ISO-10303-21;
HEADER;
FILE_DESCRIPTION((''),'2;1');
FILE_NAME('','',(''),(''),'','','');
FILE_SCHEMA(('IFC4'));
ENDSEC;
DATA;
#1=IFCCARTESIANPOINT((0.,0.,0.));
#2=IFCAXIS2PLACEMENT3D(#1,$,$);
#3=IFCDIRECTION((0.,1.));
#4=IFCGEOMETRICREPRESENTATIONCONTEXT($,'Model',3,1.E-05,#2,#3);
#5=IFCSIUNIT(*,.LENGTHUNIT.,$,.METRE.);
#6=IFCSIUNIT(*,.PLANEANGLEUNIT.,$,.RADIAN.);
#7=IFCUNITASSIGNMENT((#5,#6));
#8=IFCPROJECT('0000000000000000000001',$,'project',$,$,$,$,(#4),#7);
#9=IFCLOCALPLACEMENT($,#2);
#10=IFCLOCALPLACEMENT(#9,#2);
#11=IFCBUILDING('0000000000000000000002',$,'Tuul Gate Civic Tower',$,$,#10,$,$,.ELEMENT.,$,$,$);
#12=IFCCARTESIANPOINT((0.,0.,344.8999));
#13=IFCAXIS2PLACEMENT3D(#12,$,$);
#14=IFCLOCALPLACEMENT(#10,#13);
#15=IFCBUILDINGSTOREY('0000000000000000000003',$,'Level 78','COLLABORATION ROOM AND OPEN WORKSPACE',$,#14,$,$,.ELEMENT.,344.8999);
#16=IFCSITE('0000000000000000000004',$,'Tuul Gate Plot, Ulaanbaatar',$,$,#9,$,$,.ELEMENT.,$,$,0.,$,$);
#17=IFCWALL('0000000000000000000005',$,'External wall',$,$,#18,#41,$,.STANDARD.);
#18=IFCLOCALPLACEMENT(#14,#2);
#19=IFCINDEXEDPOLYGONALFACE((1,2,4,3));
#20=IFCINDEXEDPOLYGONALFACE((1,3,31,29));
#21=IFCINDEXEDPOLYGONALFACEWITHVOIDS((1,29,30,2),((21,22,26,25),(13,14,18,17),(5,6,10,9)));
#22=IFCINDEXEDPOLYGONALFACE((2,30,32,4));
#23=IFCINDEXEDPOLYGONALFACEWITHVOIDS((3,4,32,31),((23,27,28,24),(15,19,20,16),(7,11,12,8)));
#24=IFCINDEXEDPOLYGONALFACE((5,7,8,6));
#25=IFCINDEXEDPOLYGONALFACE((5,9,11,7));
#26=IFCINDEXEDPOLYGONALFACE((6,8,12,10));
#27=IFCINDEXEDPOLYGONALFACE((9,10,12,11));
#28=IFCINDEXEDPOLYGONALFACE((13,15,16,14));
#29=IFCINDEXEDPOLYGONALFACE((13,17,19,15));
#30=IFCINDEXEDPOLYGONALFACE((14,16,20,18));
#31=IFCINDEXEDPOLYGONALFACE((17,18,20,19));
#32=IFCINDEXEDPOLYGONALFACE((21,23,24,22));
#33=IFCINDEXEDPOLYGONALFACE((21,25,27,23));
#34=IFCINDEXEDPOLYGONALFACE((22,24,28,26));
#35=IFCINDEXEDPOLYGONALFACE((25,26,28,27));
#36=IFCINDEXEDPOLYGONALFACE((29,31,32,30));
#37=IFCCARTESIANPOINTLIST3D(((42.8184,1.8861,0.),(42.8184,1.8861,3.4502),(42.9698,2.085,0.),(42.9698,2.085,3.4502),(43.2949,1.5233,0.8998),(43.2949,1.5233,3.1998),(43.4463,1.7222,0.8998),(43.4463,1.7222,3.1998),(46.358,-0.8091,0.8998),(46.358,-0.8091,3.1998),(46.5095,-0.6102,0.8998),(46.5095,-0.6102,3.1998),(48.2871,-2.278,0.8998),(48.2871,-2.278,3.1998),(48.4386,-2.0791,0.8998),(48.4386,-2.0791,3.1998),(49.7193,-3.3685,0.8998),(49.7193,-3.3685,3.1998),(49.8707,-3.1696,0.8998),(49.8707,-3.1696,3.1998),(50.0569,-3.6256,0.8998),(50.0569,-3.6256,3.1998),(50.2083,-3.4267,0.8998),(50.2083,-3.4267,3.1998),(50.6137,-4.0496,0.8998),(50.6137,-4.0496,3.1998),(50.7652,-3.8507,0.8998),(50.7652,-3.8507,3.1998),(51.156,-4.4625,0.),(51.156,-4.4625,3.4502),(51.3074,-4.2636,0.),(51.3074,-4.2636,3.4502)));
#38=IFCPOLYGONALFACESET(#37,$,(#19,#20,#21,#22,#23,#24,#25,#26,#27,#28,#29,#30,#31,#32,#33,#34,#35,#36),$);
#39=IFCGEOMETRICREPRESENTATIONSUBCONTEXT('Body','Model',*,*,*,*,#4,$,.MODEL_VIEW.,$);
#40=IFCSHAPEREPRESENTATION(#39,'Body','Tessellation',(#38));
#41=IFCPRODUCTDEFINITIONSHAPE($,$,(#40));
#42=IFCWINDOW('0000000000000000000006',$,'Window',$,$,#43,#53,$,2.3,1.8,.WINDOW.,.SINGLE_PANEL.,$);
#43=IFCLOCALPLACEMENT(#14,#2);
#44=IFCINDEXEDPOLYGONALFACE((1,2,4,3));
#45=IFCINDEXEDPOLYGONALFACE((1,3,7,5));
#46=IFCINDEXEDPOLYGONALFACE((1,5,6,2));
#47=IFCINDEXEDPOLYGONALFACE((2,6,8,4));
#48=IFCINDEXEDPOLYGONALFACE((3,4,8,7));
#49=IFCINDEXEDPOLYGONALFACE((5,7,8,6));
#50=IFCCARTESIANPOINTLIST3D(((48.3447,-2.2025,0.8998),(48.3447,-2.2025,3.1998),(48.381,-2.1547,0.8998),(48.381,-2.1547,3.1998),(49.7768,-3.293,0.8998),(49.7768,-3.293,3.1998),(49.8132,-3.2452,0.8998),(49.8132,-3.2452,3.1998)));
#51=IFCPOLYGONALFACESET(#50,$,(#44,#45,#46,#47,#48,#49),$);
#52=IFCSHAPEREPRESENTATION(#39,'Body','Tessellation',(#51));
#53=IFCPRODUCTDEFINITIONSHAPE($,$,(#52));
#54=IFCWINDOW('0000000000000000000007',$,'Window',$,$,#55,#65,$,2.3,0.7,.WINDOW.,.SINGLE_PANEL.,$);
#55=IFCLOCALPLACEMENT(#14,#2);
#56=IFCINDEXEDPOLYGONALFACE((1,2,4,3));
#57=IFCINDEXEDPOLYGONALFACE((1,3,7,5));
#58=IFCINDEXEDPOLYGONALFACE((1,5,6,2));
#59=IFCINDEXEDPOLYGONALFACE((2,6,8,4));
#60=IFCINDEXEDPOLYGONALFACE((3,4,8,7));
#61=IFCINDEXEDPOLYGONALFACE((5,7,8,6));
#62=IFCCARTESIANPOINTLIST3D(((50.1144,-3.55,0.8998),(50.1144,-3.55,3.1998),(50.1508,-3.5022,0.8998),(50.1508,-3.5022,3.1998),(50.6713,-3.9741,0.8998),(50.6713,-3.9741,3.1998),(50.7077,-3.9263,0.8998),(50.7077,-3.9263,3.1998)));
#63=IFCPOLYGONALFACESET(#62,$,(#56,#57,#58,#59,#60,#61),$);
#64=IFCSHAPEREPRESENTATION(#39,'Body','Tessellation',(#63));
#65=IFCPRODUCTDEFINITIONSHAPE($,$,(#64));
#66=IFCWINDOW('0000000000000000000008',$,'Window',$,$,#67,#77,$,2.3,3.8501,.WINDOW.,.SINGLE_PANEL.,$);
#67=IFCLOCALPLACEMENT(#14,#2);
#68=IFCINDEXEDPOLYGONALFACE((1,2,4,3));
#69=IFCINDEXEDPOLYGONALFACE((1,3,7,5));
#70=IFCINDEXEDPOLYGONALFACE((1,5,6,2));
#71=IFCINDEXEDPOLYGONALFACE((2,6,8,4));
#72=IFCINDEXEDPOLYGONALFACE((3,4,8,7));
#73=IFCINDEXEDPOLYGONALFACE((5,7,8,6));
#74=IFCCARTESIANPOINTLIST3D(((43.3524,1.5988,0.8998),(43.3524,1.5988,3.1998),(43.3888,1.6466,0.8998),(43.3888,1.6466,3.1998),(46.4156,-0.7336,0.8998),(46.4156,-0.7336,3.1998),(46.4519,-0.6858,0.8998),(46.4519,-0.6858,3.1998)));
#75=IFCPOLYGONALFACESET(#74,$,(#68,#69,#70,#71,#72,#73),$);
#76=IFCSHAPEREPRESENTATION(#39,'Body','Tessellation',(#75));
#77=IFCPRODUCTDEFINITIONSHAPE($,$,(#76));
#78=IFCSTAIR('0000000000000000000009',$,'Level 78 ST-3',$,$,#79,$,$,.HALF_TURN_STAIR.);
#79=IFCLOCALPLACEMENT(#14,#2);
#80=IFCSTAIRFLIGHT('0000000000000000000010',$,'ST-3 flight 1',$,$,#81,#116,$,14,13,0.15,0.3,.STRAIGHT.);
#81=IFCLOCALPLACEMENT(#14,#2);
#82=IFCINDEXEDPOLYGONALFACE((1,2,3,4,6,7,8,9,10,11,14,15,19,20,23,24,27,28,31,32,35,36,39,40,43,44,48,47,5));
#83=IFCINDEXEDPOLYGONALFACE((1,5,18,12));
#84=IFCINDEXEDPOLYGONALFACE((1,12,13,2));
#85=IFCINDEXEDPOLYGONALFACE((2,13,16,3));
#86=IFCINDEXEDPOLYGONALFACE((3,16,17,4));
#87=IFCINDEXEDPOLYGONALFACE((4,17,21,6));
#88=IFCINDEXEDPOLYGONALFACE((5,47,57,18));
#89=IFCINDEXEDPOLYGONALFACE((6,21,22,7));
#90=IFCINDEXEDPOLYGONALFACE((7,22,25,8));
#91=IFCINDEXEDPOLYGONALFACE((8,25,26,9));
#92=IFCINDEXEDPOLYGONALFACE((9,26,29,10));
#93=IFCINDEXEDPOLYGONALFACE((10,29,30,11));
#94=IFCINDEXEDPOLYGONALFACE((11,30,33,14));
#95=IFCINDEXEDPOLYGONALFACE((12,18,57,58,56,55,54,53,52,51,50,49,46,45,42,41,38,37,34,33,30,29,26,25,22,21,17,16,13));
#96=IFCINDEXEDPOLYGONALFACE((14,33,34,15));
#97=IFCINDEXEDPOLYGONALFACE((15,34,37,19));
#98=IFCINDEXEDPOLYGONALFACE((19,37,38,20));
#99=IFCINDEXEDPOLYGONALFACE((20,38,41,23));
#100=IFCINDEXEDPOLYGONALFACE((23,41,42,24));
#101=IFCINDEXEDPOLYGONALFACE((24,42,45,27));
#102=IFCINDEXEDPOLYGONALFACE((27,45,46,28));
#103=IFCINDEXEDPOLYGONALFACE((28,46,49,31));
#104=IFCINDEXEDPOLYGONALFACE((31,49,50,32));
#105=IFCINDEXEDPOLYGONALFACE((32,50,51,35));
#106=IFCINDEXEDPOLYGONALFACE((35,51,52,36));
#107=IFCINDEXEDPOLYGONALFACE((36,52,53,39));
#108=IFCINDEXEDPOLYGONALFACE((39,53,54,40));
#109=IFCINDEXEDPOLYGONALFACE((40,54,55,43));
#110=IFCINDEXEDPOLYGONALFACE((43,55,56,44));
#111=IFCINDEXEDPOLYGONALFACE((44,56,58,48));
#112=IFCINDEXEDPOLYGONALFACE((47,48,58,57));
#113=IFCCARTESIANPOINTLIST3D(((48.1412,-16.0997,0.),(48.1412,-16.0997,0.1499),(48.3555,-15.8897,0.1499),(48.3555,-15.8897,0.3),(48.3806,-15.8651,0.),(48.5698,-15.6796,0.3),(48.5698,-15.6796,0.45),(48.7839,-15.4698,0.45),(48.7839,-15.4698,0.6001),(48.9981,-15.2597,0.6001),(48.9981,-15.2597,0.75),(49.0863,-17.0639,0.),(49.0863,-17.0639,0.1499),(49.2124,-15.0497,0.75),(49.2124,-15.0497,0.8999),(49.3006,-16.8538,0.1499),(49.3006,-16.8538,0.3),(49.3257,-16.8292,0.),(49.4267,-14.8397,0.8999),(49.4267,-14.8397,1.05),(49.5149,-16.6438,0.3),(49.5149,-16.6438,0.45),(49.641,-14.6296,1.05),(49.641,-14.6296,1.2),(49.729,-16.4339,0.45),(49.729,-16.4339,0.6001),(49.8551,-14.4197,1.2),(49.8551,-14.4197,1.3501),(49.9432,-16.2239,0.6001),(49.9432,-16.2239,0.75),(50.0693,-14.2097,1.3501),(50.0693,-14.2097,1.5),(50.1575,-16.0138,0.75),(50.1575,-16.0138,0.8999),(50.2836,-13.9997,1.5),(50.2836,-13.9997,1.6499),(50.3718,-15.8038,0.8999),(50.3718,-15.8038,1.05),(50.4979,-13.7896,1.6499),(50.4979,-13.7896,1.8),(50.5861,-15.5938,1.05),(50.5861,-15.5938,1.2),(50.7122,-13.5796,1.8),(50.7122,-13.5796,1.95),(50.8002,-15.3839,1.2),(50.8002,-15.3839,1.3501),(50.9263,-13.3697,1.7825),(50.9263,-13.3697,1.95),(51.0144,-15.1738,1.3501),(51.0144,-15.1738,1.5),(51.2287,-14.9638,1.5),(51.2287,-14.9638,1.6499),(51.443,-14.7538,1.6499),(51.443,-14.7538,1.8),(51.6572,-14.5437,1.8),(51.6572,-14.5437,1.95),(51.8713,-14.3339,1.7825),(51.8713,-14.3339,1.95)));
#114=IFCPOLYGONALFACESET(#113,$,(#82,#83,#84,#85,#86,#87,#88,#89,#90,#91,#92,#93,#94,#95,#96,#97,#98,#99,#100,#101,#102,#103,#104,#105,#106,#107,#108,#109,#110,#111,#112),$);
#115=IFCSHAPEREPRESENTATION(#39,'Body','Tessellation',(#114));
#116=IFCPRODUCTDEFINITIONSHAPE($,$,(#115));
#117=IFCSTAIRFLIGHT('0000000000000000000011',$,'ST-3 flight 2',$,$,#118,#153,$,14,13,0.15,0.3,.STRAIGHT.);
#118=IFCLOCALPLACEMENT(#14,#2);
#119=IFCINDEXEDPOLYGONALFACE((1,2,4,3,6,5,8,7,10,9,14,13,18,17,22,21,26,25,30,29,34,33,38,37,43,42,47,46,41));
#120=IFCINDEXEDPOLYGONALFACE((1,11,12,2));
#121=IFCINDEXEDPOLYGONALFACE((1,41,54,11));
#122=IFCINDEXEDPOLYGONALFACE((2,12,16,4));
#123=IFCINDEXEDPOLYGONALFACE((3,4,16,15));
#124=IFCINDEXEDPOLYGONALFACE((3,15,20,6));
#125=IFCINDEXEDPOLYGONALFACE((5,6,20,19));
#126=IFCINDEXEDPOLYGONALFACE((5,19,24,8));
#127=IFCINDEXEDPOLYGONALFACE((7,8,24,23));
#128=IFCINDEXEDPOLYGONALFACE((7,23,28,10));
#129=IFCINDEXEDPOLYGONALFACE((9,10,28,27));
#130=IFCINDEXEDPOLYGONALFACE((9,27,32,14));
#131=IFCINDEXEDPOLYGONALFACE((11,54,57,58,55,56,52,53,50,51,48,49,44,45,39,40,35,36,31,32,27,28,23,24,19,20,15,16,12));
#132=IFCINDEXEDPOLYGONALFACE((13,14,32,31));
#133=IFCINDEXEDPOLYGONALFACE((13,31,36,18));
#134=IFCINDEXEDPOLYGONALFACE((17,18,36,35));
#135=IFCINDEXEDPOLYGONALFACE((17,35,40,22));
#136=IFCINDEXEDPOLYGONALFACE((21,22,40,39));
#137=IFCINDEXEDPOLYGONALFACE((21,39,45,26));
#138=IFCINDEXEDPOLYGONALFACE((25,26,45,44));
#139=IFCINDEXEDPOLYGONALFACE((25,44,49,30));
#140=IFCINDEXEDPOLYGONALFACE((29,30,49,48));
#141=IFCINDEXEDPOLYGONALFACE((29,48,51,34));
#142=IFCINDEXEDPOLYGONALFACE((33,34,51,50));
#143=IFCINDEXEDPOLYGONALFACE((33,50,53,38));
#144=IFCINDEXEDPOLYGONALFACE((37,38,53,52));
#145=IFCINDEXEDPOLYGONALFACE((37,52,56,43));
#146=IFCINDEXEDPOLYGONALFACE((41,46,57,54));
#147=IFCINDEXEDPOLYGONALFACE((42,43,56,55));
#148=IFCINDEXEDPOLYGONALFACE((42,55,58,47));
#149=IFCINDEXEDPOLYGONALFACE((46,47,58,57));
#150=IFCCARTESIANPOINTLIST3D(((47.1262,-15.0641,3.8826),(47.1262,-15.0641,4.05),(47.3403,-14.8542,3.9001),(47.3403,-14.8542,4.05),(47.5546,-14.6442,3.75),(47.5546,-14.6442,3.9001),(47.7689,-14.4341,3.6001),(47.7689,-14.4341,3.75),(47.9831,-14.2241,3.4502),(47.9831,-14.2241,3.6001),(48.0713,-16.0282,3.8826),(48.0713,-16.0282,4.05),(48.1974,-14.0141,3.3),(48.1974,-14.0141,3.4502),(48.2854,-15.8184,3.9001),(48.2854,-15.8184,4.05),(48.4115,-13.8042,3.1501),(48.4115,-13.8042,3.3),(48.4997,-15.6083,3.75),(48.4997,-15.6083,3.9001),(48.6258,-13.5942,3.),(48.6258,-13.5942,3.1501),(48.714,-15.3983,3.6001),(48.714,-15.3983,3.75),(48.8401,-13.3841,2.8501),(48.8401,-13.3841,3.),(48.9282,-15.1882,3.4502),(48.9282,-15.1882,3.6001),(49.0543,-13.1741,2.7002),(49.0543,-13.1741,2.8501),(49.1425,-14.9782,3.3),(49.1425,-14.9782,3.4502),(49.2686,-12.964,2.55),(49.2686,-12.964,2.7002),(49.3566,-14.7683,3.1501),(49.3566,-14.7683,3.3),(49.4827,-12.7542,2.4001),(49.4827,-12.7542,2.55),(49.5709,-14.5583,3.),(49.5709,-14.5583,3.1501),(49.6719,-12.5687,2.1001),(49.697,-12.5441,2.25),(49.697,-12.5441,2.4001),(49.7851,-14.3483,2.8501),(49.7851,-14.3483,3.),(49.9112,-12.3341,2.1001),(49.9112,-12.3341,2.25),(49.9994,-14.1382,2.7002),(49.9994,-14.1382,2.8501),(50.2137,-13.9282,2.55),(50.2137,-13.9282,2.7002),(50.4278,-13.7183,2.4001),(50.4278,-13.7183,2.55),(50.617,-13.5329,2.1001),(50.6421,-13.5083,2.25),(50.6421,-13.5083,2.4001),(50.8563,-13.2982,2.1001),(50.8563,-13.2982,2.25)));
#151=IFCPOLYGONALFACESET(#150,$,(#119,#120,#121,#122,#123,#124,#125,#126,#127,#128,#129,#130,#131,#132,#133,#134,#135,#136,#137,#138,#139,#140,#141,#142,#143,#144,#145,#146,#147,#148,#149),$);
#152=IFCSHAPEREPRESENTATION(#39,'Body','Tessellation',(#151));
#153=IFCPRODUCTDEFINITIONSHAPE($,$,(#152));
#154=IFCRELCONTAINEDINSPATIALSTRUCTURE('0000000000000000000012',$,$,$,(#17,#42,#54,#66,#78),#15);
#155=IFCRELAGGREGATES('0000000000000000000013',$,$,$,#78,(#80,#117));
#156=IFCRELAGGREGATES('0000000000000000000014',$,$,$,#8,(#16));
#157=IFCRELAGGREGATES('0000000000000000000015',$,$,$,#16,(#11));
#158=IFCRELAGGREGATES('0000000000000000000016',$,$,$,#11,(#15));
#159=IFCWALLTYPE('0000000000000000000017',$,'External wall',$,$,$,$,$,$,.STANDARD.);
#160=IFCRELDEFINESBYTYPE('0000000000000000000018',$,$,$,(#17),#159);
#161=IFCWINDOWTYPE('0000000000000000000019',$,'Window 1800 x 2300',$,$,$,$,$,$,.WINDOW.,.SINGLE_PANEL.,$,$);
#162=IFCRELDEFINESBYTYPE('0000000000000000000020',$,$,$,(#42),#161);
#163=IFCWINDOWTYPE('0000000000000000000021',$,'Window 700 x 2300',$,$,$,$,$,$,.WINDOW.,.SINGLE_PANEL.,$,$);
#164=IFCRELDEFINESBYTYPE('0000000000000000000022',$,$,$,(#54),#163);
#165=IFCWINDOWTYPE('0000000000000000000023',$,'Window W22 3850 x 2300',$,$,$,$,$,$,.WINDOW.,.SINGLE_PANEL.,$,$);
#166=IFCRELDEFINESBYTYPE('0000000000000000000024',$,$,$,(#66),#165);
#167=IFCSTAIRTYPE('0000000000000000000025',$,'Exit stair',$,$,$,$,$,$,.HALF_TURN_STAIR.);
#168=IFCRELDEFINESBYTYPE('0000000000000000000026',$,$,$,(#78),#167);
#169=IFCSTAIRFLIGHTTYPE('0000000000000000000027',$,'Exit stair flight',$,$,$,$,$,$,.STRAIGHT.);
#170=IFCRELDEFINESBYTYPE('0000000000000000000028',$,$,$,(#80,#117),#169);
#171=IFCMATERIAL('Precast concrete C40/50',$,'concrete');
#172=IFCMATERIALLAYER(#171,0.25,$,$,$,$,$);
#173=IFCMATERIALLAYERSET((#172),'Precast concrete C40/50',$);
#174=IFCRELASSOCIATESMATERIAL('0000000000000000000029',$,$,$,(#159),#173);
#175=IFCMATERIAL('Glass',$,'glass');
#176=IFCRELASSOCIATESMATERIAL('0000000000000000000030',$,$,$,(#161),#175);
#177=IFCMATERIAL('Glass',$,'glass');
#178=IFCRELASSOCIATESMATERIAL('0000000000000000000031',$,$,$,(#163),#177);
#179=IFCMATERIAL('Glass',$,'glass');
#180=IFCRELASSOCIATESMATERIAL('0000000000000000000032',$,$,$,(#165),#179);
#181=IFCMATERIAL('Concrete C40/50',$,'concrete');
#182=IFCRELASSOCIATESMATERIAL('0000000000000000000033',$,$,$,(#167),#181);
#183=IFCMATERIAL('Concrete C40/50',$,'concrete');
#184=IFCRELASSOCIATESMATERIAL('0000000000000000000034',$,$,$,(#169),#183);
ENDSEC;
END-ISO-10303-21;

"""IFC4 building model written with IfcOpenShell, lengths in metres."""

from ifc_helpers import new_model, si_unit, direction, frame, frame_2d, origin, place, context, subcontext, project, spatial, polyline, rectangle, outline, extrude, material, layer, layer_set, type_object, element, fill, aggregate, save


model = new_model("IFC4")

# Units and contexts
model_context = context("Model", 3, precision=1e-05, world=origin(), true_north=direction((0.0, 1.0)))
body_context = subcontext(model_context, "Body", "Model", "MODEL_VIEW")
ifc_project = project(units=[si_unit("LENGTHUNIT", "METRE"), si_unit("PLANEANGLEUNIT", "RADIAN")], contexts=[model_context])

# Site, building, storey
site_placement = place(None, origin())
site = spatial("IfcSite", under=ifc_project, at=site_placement, Name="Tuul Gate Plot, Ulaanbaatar", CompositionType="ELEMENT", RefElevation=0.0)
building_placement = place(site_placement, origin())
building = spatial("IfcBuilding", under=site, at=building_placement, Name="Tuul Gate Civic Tower", CompositionType="ELEMENT")
storey_placement = place(building_placement, frame((0.0, 0.0, 344.8999)))
storey = spatial("IfcBuildingStorey", under=building, at=storey_placement, Name="Level 78", Description="COLLABORATION ROOM AND OPEN WORKSPACE", CompositionType="ELEMENT", Elevation=344.8999)

# Wall, openings, windows
ifc_material_1 = material(Name="Precast concrete C40/50", Category="concrete")
ifc_layer_1 = layer(ifc_material_1, 0.25)
ifc_layer_set_1 = layer_set([ifc_layer_1], Name="Precast concrete C40/50")
wall_type_1 = type_object("IfcWallType", Name="External wall", PredefinedType="STANDARD", material=ifc_layer_set_1)
wall_1_placement = place(storey_placement, frame((51.2317, -4.363, 0.0), z_axis=(0.0, 0.0, 1.0), x_axis=(-0.795609, 0.60581, 0.0)))
wall_1 = element("IfcWall", 1, at=wall_1_placement, inside=storey, type_object=wall_type_1, Name="External wall", PredefinedType="STANDARD", context=body_context, shape_type="SweptSolid", body=[
    extrude(rectangle(XDim=10.4795, YDim=0.25, at=frame_2d((5.2397, 0.0))), origin(), (0.0, 0.0, 1.0), 3.4502),
])
opening_1_placement = place(wall_1_placement, frame((6.0305, 0.0, 0.8999)))
opening_1 = element("IfcOpeningElement", 2, at=opening_1_placement, cuts=wall_1, PredefinedType="OPENING", context=body_context, shape_type="SweptSolid", body=[
    extrude(rectangle(XDim=3.8501, YDim=2.3, at=frame_2d((1.925, 1.1499))), frame((0.0, 0.135, 0.0), z_axis=(0.0, -1.0, 0.0), x_axis=(1.0, 0.0, 0.0)), (0.0, 0.0, 1.0), 0.27),
])
opening_2_placement = place(wall_1_placement, frame((0.6814, 0.0, 0.8999)))
opening_2 = element("IfcOpeningElement", 3, at=opening_2_placement, cuts=wall_1, PredefinedType="OPENING", context=body_context, shape_type="SweptSolid", body=[
    extrude(rectangle(XDim=0.7, YDim=2.3, at=frame_2d((0.3501, 1.1499))), frame((0.0, 0.135, 0.0), z_axis=(0.0, -1.0, 0.0), x_axis=(1.0, 0.0, 0.0)), (0.0, 0.0, 1.0), 0.27),
])
opening_3_placement = place(wall_1_placement, frame((1.8059, 0.0, 0.8999)))
opening_3 = element("IfcOpeningElement", 4, at=opening_3_placement, cuts=wall_1, PredefinedType="OPENING", context=body_context, shape_type="SweptSolid", body=[
    extrude(rectangle(XDim=1.8, YDim=2.3, at=frame_2d((0.8999, 1.1499))), frame((0.0, 0.135, 0.0), z_axis=(0.0, -1.0, 0.0), x_axis=(1.0, 0.0, 0.0)), (0.0, 0.0, 1.0), 0.27),
])
ifc_material_2 = material(Name="Glass", Category="glass")
window_type_1 = type_object("IfcWindowType", Name="Window 1800 x 2300", PartitioningType="SINGLE_PANEL", PredefinedType="WINDOW", material=ifc_material_2)
window_1_placement = place(opening_3_placement, origin())
window_1 = element("IfcWindow", 5, at=window_1_placement, inside=storey, type_object=window_type_1, Name="Window", OverallHeight=2.3, OverallWidth=1.8, PartitioningType="SINGLE_PANEL", PredefinedType="WINDOW", context=body_context, shape_type="SweptSolid", body=[
    extrude(rectangle(XDim=1.8, YDim=2.3, at=frame_2d((0.8999, 1.1499))), frame((0.0, 0.03, 0.0), z_axis=(0.0, -1.0, 0.0), x_axis=(1.0, 0.0, 0.0)), (0.0, 0.0, 1.0), 0.0601),
])
fill(opening_3, window_1)
ifc_material_3 = material(Name="Glass", Category="glass")
window_type_2 = type_object("IfcWindowType", Name="Window 700 x 2300", PartitioningType="SINGLE_PANEL", PredefinedType="WINDOW", material=ifc_material_3)
window_2_placement = place(opening_2_placement, origin())
window_2 = element("IfcWindow", 6, at=window_2_placement, inside=storey, type_object=window_type_2, Name="Window", OverallHeight=2.3, OverallWidth=0.7, PartitioningType="SINGLE_PANEL", PredefinedType="WINDOW", context=body_context, shape_type="SweptSolid", body=[
    extrude(rectangle(XDim=0.7, YDim=2.3, at=frame_2d((0.3501, 1.1499))), frame((0.0, 0.03, 0.0), z_axis=(0.0, -1.0, 0.0), x_axis=(1.0, 0.0, 0.0)), (0.0, 0.0, 1.0), 0.0601),
])
fill(opening_2, window_2)
ifc_material_4 = material(Name="Glass", Category="glass")
window_type_3 = type_object("IfcWindowType", Name="Window W22 3850 x 2300", PartitioningType="SINGLE_PANEL", PredefinedType="WINDOW", material=ifc_material_4)
window_3_placement = place(opening_1_placement, origin())
window_3 = element("IfcWindow", 7, at=window_3_placement, inside=storey, type_object=window_type_3, Name="Window", OverallHeight=2.3, OverallWidth=3.8501, PartitioningType="SINGLE_PANEL", PredefinedType="WINDOW", context=body_context, shape_type="SweptSolid", body=[
    extrude(rectangle(XDim=3.8501, YDim=2.3, at=frame_2d((1.925, 1.1499))), frame((0.0, 0.03, 0.0), z_axis=(0.0, -1.0, 0.0), x_axis=(1.0, 0.0, 0.0)), (0.0, 0.0, 1.0), 0.0601),
])
fill(opening_1, window_3)

# Stair, stair flights
ifc_material_5 = material(Name="Concrete C40/50", Category="concrete")
stair_type = type_object("IfcStairType", Name="Exit stair", PredefinedType="HALF_TURN_STAIR", material=ifc_material_5)
stair_placement = place(storey_placement, origin())
stair = element("IfcStair", 8, at=stair_placement, inside=storey, type_object=stair_type, Name="Level 78 ST-3", PredefinedType="HALF_TURN_STAIR")
ifc_material_6 = material(Name="Concrete C40/50", Category="concrete")
stair_flight_type = type_object("IfcStairFlightType", Name="Exit stair flight", PredefinedType="STRAIGHT", material=ifc_material_6)
stair_flight_1_placement = place(storey_placement, frame((48.6138, -16.5818, 0.0), z_axis=(0.0, 0.0, 1.0), x_axis=(0.714127, 0.700016, 0.0)))
stair_flight_1 = element("IfcStairFlight", 9, at=stair_flight_1_placement, type_object=stair_flight_type, Name="ST-3 flight 1", NumberOfRisers=14, NumberOfTreads=13, PredefinedType="STRAIGHT", RiserHeight=0.15, TreadLength=0.3, context=body_context, shape_type="SweptSolid", body=[
    extrude(outline(polyline([(0.0, 0.0), (0.0, 0.1499), (0.3, 0.1499), (0.3, 0.3), (0.6001, 0.3), (0.6001, 0.45), (0.8999, 0.45), (0.8999, 0.6001), (1.2, 0.6001), (1.2, 0.75), (1.5, 0.75), (1.5, 0.8999), (1.8, 0.8999), (1.8, 1.05), (2.1001, 1.05), (2.1001, 1.2), (2.3999, 1.2), (2.3999, 1.3501), (2.7, 1.3501), (2.7, 1.5), (3.0, 1.5), (3.0, 1.6499), (3.3, 1.6499), (3.3, 1.8), (3.6001, 1.8), (3.6001, 1.95), (3.8999, 1.95), (3.8999, 2.1001), (3.8999, 1.7825), (0.3352, 0.0), (0.0, 0.0)])), frame((0.0, 0.675, 0.0), z_axis=(0.0, -1.0, 0.0), x_axis=(1.0, 0.0, 0.0)), (0.0, 0.0, 1.0), 1.3501),
])
stair_flight_2_placement = place(storey_placement, frame((50.3838, -12.8162, 2.1001), z_axis=(0.0, 0.0, 1.0), x_axis=(-0.714127, -0.700016, 0.0)))
stair_flight_2 = element("IfcStairFlight", 10, at=stair_flight_2_placement, type_object=stair_flight_type, Name="ST-3 flight 2", NumberOfRisers=14, NumberOfTreads=13, PredefinedType="STRAIGHT", RiserHeight=0.15, TreadLength=0.3, context=body_context, shape_type="SweptSolid", body=[
    extrude(outline(polyline([(0.0, 0.0), (0.0, 0.1499), (0.3, 0.1499), (0.3, 0.3), (0.6001, 0.3), (0.6001, 0.45), (0.8999, 0.45), (0.8999, 0.6001), (1.2, 0.6001), (1.2, 0.75), (1.5, 0.75), (1.5, 0.8999), (1.8, 0.8999), (1.8, 1.05), (2.1001, 1.05), (2.1001, 1.2), (2.3999, 1.2), (2.3999, 1.3501), (2.7, 1.3501), (2.7, 1.5), (3.0, 1.5), (3.0, 1.6499), (3.3, 1.6499), (3.3, 1.8), (3.6001, 1.8), (3.6001, 1.95), (3.8999, 1.95), (3.8999, 2.1001), (3.8999, 1.7825), (0.3352, 0.0), (0.0, 0.0)])), frame((0.0, 0.675, 0.0), z_axis=(0.0, -1.0, 0.0), x_axis=(1.0, 0.0, 0.0)), (0.0, 0.0, 1.0), 1.3501),
])
aggregate(stair, [stair_flight_1, stair_flight_2])

save(model, "model.ifc")
